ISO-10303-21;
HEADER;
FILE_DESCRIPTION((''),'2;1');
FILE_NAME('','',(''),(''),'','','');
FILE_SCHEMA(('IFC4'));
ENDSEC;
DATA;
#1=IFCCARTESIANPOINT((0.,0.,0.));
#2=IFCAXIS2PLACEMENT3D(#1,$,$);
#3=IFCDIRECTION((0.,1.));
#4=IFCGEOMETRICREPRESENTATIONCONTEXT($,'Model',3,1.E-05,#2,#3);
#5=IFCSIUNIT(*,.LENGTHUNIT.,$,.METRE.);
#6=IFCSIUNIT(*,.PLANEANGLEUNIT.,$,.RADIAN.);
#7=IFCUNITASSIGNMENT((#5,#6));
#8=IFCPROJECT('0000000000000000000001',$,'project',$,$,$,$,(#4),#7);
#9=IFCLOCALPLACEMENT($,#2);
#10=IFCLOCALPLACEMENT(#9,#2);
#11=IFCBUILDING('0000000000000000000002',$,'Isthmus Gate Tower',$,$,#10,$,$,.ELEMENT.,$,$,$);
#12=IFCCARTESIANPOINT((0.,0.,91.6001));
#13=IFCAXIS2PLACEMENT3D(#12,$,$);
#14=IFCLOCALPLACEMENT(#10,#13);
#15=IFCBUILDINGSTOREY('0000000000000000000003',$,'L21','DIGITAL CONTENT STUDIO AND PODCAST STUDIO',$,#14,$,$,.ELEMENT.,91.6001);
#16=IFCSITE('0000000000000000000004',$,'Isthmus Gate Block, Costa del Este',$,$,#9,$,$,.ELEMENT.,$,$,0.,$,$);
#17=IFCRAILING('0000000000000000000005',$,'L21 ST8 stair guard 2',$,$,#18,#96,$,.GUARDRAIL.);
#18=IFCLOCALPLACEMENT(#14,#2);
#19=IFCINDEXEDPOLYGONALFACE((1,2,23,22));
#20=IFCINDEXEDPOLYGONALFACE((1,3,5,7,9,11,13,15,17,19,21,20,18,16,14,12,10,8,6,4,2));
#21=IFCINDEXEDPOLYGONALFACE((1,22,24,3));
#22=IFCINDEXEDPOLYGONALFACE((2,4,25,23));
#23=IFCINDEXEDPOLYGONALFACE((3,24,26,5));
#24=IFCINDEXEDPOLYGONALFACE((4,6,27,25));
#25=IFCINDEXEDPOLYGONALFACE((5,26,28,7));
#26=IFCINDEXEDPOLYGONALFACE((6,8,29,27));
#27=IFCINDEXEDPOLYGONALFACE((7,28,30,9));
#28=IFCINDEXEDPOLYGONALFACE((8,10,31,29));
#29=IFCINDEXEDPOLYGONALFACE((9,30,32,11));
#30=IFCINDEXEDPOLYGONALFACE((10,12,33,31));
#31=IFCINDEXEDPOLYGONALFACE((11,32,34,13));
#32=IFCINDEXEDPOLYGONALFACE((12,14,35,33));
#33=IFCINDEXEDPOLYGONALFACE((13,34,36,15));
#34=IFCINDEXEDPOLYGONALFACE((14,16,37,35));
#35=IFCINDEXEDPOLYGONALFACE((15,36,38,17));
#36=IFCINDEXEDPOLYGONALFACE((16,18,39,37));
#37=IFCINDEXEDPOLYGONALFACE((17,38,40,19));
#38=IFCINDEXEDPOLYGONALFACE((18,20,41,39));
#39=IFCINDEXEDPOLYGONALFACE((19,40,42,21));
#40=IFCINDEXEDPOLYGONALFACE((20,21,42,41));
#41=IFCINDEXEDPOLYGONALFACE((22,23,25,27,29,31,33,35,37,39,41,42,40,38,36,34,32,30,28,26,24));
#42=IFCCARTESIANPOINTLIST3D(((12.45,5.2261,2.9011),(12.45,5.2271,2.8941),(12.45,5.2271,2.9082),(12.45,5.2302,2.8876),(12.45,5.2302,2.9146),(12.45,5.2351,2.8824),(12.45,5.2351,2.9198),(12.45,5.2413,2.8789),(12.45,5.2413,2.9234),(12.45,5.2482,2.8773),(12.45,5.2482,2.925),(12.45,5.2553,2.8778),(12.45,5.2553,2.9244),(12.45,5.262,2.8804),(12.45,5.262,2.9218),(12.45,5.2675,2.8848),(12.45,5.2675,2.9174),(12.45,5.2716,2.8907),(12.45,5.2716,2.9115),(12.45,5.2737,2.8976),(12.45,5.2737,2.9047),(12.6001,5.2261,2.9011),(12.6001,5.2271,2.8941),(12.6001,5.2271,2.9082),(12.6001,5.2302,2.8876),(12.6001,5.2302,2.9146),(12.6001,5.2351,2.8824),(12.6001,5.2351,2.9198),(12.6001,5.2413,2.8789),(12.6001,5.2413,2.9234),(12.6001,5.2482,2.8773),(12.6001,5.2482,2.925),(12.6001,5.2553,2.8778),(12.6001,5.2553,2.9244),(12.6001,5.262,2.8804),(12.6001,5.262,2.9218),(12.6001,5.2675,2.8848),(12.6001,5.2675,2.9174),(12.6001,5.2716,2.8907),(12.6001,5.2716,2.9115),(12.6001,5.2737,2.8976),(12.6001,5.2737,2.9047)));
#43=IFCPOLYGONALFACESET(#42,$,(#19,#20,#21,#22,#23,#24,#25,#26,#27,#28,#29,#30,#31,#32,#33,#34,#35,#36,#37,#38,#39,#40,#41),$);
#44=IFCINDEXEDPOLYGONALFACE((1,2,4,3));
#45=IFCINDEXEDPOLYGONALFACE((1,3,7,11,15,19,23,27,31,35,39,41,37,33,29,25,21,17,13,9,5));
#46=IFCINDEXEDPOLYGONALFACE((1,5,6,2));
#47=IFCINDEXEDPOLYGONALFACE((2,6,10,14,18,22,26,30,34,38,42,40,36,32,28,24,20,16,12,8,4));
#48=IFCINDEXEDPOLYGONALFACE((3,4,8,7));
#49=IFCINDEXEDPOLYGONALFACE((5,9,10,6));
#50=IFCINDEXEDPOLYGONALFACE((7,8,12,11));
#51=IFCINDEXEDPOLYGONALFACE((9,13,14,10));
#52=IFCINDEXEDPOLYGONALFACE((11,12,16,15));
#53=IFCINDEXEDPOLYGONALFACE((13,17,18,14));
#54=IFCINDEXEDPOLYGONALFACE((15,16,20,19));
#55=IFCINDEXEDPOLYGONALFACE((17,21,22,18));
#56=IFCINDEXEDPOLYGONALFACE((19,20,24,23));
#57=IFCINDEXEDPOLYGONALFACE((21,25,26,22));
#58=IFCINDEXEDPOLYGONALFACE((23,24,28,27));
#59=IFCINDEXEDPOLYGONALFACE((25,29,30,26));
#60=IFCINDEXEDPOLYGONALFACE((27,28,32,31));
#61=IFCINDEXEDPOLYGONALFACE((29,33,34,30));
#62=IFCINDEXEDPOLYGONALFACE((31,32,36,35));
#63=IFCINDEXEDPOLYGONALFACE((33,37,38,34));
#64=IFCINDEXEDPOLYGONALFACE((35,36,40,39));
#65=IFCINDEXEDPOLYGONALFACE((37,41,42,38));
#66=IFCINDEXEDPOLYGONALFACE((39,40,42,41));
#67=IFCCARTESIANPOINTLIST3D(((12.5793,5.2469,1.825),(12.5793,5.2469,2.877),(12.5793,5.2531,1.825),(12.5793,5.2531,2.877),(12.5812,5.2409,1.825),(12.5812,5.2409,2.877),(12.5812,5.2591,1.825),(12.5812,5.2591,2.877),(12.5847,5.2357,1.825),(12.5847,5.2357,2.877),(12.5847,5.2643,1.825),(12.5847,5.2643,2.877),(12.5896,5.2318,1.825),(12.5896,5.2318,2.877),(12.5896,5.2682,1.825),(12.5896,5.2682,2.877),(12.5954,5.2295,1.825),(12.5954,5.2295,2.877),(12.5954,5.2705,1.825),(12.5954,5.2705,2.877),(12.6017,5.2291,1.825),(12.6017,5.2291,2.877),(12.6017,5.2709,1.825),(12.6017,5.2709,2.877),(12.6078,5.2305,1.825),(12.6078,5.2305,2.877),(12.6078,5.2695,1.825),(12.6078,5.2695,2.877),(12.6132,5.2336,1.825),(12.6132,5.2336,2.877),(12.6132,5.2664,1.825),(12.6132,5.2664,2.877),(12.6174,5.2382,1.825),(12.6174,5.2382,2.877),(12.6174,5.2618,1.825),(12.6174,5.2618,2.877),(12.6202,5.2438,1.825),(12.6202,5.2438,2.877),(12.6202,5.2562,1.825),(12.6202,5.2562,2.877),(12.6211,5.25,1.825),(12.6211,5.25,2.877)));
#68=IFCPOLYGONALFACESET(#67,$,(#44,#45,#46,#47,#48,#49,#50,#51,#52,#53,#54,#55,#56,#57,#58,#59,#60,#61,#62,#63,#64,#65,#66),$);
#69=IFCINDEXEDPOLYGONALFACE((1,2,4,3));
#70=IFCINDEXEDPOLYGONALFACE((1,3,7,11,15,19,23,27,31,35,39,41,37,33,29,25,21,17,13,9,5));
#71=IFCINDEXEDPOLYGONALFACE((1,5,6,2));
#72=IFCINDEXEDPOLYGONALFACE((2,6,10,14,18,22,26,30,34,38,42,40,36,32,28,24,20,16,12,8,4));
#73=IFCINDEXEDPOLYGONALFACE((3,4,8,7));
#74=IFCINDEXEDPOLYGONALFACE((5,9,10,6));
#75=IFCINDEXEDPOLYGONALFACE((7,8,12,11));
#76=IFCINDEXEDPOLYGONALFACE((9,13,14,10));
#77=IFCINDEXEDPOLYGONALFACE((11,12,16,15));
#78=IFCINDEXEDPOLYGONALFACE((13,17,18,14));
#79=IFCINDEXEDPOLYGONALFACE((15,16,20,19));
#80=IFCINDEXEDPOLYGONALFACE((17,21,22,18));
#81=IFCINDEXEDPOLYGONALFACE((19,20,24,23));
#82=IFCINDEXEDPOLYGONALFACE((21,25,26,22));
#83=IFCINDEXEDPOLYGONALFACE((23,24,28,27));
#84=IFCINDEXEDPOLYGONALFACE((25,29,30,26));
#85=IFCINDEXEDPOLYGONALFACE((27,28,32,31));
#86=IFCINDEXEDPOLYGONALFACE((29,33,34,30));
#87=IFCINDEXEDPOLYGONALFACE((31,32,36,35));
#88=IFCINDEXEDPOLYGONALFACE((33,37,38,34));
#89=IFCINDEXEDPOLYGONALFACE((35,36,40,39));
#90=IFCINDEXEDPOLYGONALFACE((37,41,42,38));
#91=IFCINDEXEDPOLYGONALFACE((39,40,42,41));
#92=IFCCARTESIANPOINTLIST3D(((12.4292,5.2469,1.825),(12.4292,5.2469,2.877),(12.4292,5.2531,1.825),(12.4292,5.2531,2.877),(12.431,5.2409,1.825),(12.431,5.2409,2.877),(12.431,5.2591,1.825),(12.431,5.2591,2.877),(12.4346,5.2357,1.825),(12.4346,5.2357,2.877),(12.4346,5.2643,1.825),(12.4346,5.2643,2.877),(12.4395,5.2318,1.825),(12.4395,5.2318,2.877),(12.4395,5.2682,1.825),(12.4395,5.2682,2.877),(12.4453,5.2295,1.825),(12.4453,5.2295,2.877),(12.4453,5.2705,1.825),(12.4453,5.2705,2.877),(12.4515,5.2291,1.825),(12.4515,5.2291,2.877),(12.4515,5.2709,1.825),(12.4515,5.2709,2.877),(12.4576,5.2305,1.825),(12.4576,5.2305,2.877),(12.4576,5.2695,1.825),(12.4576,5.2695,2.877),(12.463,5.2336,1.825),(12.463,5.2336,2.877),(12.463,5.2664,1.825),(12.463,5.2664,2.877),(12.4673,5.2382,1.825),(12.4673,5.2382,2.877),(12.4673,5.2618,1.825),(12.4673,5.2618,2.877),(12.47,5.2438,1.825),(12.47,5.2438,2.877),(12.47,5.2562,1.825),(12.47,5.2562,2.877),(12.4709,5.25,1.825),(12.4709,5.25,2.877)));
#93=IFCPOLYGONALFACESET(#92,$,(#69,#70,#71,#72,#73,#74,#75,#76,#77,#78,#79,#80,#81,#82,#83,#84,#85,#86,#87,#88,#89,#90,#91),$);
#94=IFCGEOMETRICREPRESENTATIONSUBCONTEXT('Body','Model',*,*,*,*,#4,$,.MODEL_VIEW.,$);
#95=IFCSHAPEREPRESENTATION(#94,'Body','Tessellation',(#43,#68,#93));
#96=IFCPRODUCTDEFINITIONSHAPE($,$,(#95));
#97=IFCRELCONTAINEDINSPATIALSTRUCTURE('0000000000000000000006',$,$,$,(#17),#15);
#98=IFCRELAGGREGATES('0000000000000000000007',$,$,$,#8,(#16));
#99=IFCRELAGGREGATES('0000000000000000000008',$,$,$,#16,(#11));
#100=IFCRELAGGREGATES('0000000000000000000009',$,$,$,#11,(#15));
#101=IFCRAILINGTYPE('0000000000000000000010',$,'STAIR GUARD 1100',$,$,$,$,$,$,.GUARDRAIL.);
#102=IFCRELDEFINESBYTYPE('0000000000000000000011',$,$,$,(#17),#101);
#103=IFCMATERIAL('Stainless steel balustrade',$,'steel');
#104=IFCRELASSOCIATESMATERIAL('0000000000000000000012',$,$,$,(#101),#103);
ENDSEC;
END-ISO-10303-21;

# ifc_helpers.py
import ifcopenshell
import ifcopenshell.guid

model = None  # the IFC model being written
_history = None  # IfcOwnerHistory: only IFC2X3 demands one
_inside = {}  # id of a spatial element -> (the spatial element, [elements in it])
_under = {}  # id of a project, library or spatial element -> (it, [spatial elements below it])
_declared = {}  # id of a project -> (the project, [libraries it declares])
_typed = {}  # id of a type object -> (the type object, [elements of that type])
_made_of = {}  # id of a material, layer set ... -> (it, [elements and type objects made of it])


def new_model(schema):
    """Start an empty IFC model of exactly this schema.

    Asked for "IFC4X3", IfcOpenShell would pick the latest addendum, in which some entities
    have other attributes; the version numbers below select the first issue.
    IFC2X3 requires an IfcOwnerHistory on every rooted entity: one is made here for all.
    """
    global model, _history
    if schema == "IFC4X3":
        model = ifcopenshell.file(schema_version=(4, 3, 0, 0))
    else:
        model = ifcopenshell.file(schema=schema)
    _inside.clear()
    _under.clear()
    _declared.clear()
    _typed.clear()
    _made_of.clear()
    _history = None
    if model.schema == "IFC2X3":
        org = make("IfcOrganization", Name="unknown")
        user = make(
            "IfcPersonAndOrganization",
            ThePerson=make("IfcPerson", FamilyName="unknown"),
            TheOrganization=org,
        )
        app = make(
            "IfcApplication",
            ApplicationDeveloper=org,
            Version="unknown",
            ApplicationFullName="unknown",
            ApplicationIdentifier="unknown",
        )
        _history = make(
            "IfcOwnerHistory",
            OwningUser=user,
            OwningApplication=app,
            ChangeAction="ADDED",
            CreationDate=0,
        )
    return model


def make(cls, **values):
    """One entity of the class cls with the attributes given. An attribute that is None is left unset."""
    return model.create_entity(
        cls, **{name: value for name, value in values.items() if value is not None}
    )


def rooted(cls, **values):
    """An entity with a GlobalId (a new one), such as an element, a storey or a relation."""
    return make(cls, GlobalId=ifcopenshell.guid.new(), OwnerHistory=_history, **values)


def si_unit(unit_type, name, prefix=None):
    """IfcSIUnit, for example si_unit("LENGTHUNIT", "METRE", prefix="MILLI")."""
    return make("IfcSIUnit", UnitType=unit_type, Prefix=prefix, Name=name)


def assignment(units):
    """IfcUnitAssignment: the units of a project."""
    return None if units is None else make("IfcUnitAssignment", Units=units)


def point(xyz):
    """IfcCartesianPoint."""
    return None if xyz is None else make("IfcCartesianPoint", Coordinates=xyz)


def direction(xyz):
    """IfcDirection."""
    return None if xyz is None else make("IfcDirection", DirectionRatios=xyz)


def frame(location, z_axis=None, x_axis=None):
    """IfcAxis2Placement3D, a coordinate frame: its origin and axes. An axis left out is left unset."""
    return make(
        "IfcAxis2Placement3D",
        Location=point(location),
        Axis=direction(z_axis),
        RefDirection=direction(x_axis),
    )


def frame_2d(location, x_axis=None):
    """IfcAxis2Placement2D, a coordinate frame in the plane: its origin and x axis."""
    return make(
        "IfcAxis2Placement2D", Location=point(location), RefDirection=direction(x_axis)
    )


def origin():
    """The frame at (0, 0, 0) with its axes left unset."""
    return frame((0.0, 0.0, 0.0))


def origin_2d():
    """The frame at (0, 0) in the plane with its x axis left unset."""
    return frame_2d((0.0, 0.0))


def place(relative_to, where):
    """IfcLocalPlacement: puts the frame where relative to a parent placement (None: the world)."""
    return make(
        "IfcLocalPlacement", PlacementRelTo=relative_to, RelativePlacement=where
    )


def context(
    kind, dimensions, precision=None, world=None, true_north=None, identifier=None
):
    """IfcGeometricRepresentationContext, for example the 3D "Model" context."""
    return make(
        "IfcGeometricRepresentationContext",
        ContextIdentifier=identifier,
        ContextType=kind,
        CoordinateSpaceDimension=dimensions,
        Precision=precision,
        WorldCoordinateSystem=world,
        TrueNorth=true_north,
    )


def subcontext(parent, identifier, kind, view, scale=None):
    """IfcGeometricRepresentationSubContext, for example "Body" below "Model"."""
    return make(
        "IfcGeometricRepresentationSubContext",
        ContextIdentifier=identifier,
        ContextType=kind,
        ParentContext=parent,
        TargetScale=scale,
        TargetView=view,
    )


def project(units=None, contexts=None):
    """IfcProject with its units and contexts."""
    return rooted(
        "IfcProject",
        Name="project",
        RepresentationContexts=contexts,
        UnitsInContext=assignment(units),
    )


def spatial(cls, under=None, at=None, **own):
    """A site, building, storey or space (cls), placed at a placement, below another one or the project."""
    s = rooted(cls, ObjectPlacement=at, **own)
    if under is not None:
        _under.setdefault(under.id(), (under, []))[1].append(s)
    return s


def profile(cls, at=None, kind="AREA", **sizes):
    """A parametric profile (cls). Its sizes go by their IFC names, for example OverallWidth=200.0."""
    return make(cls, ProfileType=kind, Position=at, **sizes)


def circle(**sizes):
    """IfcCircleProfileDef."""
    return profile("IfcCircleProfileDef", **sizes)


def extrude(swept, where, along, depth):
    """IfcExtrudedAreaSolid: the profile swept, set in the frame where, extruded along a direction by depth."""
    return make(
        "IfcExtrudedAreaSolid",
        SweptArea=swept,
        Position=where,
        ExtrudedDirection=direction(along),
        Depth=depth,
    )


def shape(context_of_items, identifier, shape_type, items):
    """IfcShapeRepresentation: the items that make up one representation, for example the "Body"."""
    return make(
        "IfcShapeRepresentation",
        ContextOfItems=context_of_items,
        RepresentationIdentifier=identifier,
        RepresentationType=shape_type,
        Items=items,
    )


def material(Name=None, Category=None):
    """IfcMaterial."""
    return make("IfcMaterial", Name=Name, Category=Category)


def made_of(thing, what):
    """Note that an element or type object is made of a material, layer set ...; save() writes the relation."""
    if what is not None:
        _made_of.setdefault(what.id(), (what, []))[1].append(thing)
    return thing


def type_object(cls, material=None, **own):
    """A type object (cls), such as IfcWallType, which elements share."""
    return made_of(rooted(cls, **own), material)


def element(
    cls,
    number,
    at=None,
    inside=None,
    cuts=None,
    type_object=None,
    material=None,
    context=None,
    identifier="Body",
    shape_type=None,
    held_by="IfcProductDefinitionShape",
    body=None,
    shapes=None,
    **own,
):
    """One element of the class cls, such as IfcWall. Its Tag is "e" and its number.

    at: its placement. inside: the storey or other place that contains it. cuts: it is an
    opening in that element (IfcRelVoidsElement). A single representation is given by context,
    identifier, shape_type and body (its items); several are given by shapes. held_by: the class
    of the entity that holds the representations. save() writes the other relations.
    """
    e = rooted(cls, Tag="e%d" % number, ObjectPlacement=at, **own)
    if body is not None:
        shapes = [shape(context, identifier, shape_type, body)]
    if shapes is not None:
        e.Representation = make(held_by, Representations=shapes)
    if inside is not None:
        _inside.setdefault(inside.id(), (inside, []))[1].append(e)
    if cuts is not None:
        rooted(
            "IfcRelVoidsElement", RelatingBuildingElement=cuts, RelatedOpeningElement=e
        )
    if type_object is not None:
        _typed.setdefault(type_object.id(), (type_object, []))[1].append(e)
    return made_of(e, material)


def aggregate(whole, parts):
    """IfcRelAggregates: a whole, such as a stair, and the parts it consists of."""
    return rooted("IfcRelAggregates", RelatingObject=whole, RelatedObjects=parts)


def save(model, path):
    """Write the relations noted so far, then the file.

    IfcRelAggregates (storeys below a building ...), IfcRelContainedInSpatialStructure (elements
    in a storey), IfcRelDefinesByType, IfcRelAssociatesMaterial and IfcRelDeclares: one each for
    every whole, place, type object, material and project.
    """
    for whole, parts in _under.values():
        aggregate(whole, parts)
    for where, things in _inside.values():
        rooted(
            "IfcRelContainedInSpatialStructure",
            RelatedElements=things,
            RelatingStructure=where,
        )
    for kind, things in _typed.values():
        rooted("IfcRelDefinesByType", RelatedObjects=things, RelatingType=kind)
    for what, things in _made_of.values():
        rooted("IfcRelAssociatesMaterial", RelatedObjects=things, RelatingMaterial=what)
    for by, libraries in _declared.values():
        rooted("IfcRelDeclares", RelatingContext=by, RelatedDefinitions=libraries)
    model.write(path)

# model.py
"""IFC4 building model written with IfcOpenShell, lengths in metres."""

from ifc_helpers import new_model, si_unit, direction, frame, origin, origin_2d, place, context, subcontext, project, spatial, circle, extrude, material, type_object, element, save


model = new_model("IFC4")

# Units and contexts
model_context = context("Model", 3, precision=1e-05, world=origin(), true_north=direction((0.0, 1.0)))
body_context = subcontext(model_context, "Body", "Model", "MODEL_VIEW")
ifc_project = project(units=[si_unit("LENGTHUNIT", "METRE"), si_unit("PLANEANGLEUNIT", "RADIAN")], contexts=[model_context])

# Site, building, storey
site_placement = place(None, origin())
site = spatial("IfcSite", under=ifc_project, at=site_placement, Name="Isthmus Gate Block, Costa del Este", CompositionType="ELEMENT", RefElevation=0.0)
building_placement = place(site_placement, origin())
building = spatial("IfcBuilding", under=site, at=building_placement, Name="Isthmus Gate Tower", CompositionType="ELEMENT")
storey_placement = place(building_placement, frame((0.0, 0.0, 91.6001)))
storey = spatial("IfcBuildingStorey", under=building, at=storey_placement, Name="L21", Description="DIGITAL CONTENT STUDIO AND PODCAST STUDIO", CompositionType="ELEMENT", Elevation=91.6001)

# Railing
ifc_material_1 = material(Name="Stainless steel balustrade", Category="steel")
railing_type_1 = type_object("IfcRailingType", Name="STAIR GUARD 1100", PredefinedType="GUARDRAIL", material=ifc_material_1)
railing_1_placement = place(storey_placement, frame((12.6001, 5.25, 1.825)))
element("IfcRailing", 1, at=railing_1_placement, inside=storey, type_object=railing_type_1, Name="L21 ST8 stair guard 2", PredefinedType="GUARDRAIL", context=body_context, shape_type="SweptSolid", body=[
    extrude(circle(Radius=0.0239, at=origin_2d()), frame((0.0, 0.0, 1.0762), z_axis=(-1.0, 0.0, 0.0), x_axis=(0.0, -1.0, 0.0)), (0.0, 0.0, 1.0), 0.1501),
    extrude(circle(Radius=0.021, at=origin_2d()), origin(), (0.0, 0.0, 1.0), 1.052),
    extrude(circle(Radius=0.021, at=origin_2d()), frame((-0.1501, 0.0, 0.0)), (0.0, 0.0, 1.0), 1.052),
])

save(model, "model.ifc")
